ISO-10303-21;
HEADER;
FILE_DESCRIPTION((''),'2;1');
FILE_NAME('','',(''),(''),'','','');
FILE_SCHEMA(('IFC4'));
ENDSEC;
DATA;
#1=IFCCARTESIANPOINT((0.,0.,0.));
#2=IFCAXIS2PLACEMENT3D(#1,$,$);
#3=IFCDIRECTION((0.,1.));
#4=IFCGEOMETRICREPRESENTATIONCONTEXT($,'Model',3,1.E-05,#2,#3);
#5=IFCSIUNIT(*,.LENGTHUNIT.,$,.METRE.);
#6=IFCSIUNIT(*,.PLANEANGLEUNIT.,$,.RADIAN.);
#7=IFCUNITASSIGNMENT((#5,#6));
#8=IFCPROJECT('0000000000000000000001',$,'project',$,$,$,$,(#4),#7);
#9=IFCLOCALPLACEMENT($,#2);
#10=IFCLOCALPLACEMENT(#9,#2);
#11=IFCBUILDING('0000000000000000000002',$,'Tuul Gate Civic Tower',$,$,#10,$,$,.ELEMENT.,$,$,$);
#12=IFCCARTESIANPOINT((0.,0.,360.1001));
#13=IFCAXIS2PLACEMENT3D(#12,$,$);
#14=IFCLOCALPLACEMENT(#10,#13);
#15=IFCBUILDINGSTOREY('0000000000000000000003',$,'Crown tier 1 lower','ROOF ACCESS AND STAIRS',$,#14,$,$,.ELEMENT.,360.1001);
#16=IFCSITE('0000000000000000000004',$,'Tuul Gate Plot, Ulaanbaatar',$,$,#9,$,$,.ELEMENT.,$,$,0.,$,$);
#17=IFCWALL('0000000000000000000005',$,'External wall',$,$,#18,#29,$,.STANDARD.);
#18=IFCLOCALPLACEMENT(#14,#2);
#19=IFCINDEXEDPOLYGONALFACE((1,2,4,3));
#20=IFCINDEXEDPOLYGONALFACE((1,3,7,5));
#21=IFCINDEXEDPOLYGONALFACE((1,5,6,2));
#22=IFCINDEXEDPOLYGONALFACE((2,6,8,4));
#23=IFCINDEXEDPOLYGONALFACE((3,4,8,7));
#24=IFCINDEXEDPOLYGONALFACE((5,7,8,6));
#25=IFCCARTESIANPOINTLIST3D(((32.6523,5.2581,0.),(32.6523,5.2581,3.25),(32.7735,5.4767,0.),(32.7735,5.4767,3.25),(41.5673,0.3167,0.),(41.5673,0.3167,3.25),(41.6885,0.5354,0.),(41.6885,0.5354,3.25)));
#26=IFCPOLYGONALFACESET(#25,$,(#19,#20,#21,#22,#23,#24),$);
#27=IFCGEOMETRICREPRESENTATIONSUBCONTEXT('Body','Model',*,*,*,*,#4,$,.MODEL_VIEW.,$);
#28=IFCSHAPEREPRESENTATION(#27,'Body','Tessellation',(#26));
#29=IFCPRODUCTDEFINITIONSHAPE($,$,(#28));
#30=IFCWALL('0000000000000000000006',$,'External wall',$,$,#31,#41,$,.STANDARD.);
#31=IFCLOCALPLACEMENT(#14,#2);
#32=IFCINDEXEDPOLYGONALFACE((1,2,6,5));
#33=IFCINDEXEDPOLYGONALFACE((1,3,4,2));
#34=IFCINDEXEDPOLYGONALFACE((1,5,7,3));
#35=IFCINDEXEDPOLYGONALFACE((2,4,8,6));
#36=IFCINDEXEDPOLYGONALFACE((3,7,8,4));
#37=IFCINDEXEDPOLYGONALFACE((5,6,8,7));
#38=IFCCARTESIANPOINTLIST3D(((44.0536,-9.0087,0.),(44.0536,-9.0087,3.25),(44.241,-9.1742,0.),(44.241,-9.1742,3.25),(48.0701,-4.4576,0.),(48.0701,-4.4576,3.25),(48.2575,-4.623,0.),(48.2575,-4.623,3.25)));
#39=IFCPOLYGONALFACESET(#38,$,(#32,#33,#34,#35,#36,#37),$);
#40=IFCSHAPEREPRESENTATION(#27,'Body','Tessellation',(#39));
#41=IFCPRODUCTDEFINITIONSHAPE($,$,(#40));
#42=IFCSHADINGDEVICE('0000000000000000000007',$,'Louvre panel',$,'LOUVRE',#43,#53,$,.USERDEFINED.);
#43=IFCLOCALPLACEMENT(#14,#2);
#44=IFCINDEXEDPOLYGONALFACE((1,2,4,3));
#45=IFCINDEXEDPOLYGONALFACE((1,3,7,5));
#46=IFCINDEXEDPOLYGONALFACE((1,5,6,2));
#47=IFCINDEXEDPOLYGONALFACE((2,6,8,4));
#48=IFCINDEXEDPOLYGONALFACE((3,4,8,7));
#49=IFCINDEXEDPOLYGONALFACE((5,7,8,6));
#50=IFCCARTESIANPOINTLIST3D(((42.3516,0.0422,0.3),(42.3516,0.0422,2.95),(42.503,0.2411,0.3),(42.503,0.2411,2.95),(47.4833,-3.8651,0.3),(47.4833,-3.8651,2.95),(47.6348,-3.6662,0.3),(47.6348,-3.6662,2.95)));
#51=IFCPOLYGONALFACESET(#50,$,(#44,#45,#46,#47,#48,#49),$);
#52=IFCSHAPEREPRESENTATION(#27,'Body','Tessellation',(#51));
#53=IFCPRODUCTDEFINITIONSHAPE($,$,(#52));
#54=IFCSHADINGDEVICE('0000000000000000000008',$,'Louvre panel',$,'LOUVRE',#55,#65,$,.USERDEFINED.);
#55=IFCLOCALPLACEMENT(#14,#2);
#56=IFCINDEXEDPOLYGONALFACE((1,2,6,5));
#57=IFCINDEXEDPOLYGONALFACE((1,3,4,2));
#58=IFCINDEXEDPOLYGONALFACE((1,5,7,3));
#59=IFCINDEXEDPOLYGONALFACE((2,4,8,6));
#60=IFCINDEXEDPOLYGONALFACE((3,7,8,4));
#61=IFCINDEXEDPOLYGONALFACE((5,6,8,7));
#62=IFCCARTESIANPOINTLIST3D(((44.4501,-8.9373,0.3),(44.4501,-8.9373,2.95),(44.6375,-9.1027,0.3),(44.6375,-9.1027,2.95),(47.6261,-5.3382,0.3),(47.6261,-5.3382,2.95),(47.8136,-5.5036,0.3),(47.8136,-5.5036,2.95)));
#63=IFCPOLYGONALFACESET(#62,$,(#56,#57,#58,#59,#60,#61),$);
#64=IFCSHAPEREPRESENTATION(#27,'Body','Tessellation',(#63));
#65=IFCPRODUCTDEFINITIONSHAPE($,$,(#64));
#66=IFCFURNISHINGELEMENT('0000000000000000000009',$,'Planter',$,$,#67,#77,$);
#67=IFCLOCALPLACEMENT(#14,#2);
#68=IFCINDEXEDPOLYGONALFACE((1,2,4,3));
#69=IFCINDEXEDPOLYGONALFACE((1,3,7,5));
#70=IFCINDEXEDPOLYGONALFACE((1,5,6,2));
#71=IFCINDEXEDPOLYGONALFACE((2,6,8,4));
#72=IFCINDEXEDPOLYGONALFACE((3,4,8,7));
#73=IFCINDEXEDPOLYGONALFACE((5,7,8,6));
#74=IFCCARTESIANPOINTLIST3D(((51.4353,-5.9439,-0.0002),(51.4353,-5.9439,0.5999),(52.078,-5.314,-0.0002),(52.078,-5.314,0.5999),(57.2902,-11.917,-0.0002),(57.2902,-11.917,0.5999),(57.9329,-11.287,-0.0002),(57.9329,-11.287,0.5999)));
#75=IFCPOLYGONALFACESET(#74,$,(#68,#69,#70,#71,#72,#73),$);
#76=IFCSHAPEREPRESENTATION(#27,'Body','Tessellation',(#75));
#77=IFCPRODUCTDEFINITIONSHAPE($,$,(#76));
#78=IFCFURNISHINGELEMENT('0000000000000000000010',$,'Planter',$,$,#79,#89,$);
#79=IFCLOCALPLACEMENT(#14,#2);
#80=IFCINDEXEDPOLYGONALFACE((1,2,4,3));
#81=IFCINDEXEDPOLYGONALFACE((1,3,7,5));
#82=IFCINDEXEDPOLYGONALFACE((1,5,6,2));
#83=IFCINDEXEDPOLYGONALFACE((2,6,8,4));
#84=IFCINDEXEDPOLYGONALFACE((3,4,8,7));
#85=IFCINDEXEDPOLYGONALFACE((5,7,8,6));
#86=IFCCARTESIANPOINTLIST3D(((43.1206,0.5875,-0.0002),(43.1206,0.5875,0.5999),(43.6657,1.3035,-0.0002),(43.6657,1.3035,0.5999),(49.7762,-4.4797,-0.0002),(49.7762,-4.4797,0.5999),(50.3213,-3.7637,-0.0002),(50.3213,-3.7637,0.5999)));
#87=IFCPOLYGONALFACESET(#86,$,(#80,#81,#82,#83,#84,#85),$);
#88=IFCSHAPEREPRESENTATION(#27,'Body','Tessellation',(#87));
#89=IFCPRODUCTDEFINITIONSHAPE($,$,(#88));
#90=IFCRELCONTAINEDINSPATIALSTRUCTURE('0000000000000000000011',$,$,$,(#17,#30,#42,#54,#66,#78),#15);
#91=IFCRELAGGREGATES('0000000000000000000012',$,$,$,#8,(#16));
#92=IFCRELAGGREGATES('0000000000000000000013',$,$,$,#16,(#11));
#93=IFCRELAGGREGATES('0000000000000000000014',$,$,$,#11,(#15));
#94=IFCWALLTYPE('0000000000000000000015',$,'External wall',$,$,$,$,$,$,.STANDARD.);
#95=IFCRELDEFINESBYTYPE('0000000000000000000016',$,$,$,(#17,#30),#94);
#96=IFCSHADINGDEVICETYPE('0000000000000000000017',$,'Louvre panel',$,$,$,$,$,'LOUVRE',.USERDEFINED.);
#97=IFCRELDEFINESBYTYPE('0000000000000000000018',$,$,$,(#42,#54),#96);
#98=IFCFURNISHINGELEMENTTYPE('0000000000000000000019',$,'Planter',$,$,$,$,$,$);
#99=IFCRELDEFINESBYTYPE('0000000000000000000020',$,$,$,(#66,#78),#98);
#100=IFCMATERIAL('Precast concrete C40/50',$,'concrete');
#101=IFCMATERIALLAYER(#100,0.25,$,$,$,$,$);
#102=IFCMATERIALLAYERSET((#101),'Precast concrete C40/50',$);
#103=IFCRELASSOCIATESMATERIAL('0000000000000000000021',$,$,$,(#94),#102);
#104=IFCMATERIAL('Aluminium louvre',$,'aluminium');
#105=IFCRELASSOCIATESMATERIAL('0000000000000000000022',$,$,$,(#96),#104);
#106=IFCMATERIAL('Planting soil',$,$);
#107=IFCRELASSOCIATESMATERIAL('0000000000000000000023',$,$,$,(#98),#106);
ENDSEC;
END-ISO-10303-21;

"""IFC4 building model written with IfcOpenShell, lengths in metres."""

from ifc_helpers import new_model, si_unit, direction, frame, frame_2d, origin, origin_2d, place, context, subcontext, project, spatial, rectangle, extrude, material, layer, layer_set, type_object, element, save


model = new_model("IFC4")

# Units and contexts
model_context = context("Model", 3, precision=1e-05, world=origin(), true_north=direction((0.0, 1.0)))
body_context = subcontext(model_context, "Body", "Model", "MODEL_VIEW")
ifc_project = project(units=[si_unit("LENGTHUNIT", "METRE"), si_unit("PLANEANGLEUNIT", "RADIAN")], contexts=[model_context])

# Site, building, storey
site_placement = place(None, origin())
site = spatial("IfcSite", under=ifc_project, at=site_placement, Name="Tuul Gate Plot, Ulaanbaatar", CompositionType="ELEMENT", RefElevation=0.0)
building_placement = place(site_placement, origin())
building = spatial("IfcBuilding", under=site, at=building_placement, Name="Tuul Gate Civic Tower", CompositionType="ELEMENT")
storey_placement = place(building_placement, frame((0.0, 0.0, 360.1001)))
storey = spatial("IfcBuildingStorey", under=building, at=storey_placement, Name="Crown tier 1 lower", Description="ROOF ACCESS AND STAIRS", CompositionType="ELEMENT", Elevation=360.1001)

# Walls
ifc_material_1 = material(Name="Precast concrete C40/50", Category="concrete")
ifc_layer_1 = layer(ifc_material_1, 0.25)
ifc_layer_set_1 = layer_set([ifc_layer_1], Name="Precast concrete C40/50")
wall_type_1 = type_object("IfcWallType", Name="External wall", PredefinedType="STANDARD", material=ifc_layer_set_1)
wall_1_placement = place(storey_placement, frame((41.6279, 0.426, 0.0), z_axis=(0.0, 0.0, 1.0), x_axis=(-0.874631, 0.484789, 0.0)))
element("IfcWall", 1, at=wall_1_placement, inside=storey, type_object=wall_type_1, Name="External wall", PredefinedType="STANDARD", context=body_context, shape_type="SweptSolid", body=[
    extrude(rectangle(XDim=10.1929, YDim=0.25, at=frame_2d((5.0964, 0.0))), origin(), (0.0, 0.0, 1.0), 3.25),
])
wall_2_placement = place(storey_placement, frame((44.1472, -9.0916, 0.0), z_axis=(0.0, 0.0, 1.0), x_axis=(0.661693, 0.749774, 0.0)))
element("IfcWall", 2, at=wall_2_placement, inside=storey, type_object=wall_type_1, Name="External wall", PredefinedType="STANDARD", context=body_context, shape_type="SweptSolid", body=[
    extrude(rectangle(XDim=6.0701, YDim=0.25, at=frame_2d((3.0352, 0.0))), origin(), (0.0, 0.0, 1.0), 3.25),
])

# Shading devices
ifc_material_2 = material(Name="Aluminium louvre", Category="aluminium")
shading_device_type = type_object("IfcShadingDeviceType", Name="Louvre panel", ElementType="LOUVRE", PredefinedType="USERDEFINED", material=ifc_material_2)
shading_device_1_placement = place(storey_placement, frame((44.9932, -1.812, 0.3), z_axis=(0.0, 0.0, 1.0), x_axis=(0.605782, 0.79563, 0.0)))
element("IfcShadingDevice", 3, at=shading_device_1_placement, inside=storey, type_object=shading_device_type, Name="Louvre panel", ObjectType="LOUVRE", PredefinedType="USERDEFINED", context=body_context, shape_type="SweptSolid", body=[
    extrude(rectangle(XDim=0.25, YDim=6.45, at=origin_2d()), origin(), (0.0, 0.0, 1.0), 2.6499),
])
shading_device_2_placement = place(storey_placement, frame((46.1318, -7.2205, 0.3), z_axis=(0.0, 0.0, 1.0), x_axis=(0.749793, -0.661672, 0.0)))
element("IfcShadingDevice", 4, at=shading_device_2_placement, inside=storey, type_object=shading_device_type, Name="Louvre panel", ObjectType="LOUVRE", PredefinedType="USERDEFINED", context=body_context, shape_type="SweptSolid", body=[
    extrude(rectangle(XDim=0.25, YDim=4.8, at=origin_2d()), origin(), (0.0, 0.0, 1.0), 2.6499),
])

# Furnishing elements
ifc_material_3 = material(Name="Planting soil")
furnishing_element_type = type_object("IfcFurnishingElementType", Name="Planter", material=ifc_material_3)
furnishing_1_placement = place(storey_placement, frame((54.6841, -8.6155, -0.0002), z_axis=(0.0, 0.0, 1.0), x_axis=(-0.700011, 0.714132, 0.0)))
element("IfcFurnishingElement", 5, at=furnishing_1_placement, inside=storey, type_object=furnishing_element_type, Name="Planter", context=body_context, shape_type="SweptSolid", body=[
    extrude(rectangle(XDim=8.364, YDim=0.8999, at=origin_2d()), origin(), (0.0, 0.0, 1.0), 0.6001),
])
furnishing_2_placement = place(storey_placement, frame((46.7209, -1.5881, -0.0002), z_axis=(0.0, 0.0, 1.0), x_axis=(-0.795643, 0.605766, 0.0)))
element("IfcFurnishingElement", 6, at=furnishing_2_placement, inside=storey, type_object=furnishing_element_type, Name="Planter", context=body_context, shape_type="SweptSolid", body=[
    extrude(rectangle(XDim=8.365, YDim=0.8999, at=origin_2d()), origin(), (0.0, 0.0, 1.0), 0.6001),
])

save(model, "model.ifc")
